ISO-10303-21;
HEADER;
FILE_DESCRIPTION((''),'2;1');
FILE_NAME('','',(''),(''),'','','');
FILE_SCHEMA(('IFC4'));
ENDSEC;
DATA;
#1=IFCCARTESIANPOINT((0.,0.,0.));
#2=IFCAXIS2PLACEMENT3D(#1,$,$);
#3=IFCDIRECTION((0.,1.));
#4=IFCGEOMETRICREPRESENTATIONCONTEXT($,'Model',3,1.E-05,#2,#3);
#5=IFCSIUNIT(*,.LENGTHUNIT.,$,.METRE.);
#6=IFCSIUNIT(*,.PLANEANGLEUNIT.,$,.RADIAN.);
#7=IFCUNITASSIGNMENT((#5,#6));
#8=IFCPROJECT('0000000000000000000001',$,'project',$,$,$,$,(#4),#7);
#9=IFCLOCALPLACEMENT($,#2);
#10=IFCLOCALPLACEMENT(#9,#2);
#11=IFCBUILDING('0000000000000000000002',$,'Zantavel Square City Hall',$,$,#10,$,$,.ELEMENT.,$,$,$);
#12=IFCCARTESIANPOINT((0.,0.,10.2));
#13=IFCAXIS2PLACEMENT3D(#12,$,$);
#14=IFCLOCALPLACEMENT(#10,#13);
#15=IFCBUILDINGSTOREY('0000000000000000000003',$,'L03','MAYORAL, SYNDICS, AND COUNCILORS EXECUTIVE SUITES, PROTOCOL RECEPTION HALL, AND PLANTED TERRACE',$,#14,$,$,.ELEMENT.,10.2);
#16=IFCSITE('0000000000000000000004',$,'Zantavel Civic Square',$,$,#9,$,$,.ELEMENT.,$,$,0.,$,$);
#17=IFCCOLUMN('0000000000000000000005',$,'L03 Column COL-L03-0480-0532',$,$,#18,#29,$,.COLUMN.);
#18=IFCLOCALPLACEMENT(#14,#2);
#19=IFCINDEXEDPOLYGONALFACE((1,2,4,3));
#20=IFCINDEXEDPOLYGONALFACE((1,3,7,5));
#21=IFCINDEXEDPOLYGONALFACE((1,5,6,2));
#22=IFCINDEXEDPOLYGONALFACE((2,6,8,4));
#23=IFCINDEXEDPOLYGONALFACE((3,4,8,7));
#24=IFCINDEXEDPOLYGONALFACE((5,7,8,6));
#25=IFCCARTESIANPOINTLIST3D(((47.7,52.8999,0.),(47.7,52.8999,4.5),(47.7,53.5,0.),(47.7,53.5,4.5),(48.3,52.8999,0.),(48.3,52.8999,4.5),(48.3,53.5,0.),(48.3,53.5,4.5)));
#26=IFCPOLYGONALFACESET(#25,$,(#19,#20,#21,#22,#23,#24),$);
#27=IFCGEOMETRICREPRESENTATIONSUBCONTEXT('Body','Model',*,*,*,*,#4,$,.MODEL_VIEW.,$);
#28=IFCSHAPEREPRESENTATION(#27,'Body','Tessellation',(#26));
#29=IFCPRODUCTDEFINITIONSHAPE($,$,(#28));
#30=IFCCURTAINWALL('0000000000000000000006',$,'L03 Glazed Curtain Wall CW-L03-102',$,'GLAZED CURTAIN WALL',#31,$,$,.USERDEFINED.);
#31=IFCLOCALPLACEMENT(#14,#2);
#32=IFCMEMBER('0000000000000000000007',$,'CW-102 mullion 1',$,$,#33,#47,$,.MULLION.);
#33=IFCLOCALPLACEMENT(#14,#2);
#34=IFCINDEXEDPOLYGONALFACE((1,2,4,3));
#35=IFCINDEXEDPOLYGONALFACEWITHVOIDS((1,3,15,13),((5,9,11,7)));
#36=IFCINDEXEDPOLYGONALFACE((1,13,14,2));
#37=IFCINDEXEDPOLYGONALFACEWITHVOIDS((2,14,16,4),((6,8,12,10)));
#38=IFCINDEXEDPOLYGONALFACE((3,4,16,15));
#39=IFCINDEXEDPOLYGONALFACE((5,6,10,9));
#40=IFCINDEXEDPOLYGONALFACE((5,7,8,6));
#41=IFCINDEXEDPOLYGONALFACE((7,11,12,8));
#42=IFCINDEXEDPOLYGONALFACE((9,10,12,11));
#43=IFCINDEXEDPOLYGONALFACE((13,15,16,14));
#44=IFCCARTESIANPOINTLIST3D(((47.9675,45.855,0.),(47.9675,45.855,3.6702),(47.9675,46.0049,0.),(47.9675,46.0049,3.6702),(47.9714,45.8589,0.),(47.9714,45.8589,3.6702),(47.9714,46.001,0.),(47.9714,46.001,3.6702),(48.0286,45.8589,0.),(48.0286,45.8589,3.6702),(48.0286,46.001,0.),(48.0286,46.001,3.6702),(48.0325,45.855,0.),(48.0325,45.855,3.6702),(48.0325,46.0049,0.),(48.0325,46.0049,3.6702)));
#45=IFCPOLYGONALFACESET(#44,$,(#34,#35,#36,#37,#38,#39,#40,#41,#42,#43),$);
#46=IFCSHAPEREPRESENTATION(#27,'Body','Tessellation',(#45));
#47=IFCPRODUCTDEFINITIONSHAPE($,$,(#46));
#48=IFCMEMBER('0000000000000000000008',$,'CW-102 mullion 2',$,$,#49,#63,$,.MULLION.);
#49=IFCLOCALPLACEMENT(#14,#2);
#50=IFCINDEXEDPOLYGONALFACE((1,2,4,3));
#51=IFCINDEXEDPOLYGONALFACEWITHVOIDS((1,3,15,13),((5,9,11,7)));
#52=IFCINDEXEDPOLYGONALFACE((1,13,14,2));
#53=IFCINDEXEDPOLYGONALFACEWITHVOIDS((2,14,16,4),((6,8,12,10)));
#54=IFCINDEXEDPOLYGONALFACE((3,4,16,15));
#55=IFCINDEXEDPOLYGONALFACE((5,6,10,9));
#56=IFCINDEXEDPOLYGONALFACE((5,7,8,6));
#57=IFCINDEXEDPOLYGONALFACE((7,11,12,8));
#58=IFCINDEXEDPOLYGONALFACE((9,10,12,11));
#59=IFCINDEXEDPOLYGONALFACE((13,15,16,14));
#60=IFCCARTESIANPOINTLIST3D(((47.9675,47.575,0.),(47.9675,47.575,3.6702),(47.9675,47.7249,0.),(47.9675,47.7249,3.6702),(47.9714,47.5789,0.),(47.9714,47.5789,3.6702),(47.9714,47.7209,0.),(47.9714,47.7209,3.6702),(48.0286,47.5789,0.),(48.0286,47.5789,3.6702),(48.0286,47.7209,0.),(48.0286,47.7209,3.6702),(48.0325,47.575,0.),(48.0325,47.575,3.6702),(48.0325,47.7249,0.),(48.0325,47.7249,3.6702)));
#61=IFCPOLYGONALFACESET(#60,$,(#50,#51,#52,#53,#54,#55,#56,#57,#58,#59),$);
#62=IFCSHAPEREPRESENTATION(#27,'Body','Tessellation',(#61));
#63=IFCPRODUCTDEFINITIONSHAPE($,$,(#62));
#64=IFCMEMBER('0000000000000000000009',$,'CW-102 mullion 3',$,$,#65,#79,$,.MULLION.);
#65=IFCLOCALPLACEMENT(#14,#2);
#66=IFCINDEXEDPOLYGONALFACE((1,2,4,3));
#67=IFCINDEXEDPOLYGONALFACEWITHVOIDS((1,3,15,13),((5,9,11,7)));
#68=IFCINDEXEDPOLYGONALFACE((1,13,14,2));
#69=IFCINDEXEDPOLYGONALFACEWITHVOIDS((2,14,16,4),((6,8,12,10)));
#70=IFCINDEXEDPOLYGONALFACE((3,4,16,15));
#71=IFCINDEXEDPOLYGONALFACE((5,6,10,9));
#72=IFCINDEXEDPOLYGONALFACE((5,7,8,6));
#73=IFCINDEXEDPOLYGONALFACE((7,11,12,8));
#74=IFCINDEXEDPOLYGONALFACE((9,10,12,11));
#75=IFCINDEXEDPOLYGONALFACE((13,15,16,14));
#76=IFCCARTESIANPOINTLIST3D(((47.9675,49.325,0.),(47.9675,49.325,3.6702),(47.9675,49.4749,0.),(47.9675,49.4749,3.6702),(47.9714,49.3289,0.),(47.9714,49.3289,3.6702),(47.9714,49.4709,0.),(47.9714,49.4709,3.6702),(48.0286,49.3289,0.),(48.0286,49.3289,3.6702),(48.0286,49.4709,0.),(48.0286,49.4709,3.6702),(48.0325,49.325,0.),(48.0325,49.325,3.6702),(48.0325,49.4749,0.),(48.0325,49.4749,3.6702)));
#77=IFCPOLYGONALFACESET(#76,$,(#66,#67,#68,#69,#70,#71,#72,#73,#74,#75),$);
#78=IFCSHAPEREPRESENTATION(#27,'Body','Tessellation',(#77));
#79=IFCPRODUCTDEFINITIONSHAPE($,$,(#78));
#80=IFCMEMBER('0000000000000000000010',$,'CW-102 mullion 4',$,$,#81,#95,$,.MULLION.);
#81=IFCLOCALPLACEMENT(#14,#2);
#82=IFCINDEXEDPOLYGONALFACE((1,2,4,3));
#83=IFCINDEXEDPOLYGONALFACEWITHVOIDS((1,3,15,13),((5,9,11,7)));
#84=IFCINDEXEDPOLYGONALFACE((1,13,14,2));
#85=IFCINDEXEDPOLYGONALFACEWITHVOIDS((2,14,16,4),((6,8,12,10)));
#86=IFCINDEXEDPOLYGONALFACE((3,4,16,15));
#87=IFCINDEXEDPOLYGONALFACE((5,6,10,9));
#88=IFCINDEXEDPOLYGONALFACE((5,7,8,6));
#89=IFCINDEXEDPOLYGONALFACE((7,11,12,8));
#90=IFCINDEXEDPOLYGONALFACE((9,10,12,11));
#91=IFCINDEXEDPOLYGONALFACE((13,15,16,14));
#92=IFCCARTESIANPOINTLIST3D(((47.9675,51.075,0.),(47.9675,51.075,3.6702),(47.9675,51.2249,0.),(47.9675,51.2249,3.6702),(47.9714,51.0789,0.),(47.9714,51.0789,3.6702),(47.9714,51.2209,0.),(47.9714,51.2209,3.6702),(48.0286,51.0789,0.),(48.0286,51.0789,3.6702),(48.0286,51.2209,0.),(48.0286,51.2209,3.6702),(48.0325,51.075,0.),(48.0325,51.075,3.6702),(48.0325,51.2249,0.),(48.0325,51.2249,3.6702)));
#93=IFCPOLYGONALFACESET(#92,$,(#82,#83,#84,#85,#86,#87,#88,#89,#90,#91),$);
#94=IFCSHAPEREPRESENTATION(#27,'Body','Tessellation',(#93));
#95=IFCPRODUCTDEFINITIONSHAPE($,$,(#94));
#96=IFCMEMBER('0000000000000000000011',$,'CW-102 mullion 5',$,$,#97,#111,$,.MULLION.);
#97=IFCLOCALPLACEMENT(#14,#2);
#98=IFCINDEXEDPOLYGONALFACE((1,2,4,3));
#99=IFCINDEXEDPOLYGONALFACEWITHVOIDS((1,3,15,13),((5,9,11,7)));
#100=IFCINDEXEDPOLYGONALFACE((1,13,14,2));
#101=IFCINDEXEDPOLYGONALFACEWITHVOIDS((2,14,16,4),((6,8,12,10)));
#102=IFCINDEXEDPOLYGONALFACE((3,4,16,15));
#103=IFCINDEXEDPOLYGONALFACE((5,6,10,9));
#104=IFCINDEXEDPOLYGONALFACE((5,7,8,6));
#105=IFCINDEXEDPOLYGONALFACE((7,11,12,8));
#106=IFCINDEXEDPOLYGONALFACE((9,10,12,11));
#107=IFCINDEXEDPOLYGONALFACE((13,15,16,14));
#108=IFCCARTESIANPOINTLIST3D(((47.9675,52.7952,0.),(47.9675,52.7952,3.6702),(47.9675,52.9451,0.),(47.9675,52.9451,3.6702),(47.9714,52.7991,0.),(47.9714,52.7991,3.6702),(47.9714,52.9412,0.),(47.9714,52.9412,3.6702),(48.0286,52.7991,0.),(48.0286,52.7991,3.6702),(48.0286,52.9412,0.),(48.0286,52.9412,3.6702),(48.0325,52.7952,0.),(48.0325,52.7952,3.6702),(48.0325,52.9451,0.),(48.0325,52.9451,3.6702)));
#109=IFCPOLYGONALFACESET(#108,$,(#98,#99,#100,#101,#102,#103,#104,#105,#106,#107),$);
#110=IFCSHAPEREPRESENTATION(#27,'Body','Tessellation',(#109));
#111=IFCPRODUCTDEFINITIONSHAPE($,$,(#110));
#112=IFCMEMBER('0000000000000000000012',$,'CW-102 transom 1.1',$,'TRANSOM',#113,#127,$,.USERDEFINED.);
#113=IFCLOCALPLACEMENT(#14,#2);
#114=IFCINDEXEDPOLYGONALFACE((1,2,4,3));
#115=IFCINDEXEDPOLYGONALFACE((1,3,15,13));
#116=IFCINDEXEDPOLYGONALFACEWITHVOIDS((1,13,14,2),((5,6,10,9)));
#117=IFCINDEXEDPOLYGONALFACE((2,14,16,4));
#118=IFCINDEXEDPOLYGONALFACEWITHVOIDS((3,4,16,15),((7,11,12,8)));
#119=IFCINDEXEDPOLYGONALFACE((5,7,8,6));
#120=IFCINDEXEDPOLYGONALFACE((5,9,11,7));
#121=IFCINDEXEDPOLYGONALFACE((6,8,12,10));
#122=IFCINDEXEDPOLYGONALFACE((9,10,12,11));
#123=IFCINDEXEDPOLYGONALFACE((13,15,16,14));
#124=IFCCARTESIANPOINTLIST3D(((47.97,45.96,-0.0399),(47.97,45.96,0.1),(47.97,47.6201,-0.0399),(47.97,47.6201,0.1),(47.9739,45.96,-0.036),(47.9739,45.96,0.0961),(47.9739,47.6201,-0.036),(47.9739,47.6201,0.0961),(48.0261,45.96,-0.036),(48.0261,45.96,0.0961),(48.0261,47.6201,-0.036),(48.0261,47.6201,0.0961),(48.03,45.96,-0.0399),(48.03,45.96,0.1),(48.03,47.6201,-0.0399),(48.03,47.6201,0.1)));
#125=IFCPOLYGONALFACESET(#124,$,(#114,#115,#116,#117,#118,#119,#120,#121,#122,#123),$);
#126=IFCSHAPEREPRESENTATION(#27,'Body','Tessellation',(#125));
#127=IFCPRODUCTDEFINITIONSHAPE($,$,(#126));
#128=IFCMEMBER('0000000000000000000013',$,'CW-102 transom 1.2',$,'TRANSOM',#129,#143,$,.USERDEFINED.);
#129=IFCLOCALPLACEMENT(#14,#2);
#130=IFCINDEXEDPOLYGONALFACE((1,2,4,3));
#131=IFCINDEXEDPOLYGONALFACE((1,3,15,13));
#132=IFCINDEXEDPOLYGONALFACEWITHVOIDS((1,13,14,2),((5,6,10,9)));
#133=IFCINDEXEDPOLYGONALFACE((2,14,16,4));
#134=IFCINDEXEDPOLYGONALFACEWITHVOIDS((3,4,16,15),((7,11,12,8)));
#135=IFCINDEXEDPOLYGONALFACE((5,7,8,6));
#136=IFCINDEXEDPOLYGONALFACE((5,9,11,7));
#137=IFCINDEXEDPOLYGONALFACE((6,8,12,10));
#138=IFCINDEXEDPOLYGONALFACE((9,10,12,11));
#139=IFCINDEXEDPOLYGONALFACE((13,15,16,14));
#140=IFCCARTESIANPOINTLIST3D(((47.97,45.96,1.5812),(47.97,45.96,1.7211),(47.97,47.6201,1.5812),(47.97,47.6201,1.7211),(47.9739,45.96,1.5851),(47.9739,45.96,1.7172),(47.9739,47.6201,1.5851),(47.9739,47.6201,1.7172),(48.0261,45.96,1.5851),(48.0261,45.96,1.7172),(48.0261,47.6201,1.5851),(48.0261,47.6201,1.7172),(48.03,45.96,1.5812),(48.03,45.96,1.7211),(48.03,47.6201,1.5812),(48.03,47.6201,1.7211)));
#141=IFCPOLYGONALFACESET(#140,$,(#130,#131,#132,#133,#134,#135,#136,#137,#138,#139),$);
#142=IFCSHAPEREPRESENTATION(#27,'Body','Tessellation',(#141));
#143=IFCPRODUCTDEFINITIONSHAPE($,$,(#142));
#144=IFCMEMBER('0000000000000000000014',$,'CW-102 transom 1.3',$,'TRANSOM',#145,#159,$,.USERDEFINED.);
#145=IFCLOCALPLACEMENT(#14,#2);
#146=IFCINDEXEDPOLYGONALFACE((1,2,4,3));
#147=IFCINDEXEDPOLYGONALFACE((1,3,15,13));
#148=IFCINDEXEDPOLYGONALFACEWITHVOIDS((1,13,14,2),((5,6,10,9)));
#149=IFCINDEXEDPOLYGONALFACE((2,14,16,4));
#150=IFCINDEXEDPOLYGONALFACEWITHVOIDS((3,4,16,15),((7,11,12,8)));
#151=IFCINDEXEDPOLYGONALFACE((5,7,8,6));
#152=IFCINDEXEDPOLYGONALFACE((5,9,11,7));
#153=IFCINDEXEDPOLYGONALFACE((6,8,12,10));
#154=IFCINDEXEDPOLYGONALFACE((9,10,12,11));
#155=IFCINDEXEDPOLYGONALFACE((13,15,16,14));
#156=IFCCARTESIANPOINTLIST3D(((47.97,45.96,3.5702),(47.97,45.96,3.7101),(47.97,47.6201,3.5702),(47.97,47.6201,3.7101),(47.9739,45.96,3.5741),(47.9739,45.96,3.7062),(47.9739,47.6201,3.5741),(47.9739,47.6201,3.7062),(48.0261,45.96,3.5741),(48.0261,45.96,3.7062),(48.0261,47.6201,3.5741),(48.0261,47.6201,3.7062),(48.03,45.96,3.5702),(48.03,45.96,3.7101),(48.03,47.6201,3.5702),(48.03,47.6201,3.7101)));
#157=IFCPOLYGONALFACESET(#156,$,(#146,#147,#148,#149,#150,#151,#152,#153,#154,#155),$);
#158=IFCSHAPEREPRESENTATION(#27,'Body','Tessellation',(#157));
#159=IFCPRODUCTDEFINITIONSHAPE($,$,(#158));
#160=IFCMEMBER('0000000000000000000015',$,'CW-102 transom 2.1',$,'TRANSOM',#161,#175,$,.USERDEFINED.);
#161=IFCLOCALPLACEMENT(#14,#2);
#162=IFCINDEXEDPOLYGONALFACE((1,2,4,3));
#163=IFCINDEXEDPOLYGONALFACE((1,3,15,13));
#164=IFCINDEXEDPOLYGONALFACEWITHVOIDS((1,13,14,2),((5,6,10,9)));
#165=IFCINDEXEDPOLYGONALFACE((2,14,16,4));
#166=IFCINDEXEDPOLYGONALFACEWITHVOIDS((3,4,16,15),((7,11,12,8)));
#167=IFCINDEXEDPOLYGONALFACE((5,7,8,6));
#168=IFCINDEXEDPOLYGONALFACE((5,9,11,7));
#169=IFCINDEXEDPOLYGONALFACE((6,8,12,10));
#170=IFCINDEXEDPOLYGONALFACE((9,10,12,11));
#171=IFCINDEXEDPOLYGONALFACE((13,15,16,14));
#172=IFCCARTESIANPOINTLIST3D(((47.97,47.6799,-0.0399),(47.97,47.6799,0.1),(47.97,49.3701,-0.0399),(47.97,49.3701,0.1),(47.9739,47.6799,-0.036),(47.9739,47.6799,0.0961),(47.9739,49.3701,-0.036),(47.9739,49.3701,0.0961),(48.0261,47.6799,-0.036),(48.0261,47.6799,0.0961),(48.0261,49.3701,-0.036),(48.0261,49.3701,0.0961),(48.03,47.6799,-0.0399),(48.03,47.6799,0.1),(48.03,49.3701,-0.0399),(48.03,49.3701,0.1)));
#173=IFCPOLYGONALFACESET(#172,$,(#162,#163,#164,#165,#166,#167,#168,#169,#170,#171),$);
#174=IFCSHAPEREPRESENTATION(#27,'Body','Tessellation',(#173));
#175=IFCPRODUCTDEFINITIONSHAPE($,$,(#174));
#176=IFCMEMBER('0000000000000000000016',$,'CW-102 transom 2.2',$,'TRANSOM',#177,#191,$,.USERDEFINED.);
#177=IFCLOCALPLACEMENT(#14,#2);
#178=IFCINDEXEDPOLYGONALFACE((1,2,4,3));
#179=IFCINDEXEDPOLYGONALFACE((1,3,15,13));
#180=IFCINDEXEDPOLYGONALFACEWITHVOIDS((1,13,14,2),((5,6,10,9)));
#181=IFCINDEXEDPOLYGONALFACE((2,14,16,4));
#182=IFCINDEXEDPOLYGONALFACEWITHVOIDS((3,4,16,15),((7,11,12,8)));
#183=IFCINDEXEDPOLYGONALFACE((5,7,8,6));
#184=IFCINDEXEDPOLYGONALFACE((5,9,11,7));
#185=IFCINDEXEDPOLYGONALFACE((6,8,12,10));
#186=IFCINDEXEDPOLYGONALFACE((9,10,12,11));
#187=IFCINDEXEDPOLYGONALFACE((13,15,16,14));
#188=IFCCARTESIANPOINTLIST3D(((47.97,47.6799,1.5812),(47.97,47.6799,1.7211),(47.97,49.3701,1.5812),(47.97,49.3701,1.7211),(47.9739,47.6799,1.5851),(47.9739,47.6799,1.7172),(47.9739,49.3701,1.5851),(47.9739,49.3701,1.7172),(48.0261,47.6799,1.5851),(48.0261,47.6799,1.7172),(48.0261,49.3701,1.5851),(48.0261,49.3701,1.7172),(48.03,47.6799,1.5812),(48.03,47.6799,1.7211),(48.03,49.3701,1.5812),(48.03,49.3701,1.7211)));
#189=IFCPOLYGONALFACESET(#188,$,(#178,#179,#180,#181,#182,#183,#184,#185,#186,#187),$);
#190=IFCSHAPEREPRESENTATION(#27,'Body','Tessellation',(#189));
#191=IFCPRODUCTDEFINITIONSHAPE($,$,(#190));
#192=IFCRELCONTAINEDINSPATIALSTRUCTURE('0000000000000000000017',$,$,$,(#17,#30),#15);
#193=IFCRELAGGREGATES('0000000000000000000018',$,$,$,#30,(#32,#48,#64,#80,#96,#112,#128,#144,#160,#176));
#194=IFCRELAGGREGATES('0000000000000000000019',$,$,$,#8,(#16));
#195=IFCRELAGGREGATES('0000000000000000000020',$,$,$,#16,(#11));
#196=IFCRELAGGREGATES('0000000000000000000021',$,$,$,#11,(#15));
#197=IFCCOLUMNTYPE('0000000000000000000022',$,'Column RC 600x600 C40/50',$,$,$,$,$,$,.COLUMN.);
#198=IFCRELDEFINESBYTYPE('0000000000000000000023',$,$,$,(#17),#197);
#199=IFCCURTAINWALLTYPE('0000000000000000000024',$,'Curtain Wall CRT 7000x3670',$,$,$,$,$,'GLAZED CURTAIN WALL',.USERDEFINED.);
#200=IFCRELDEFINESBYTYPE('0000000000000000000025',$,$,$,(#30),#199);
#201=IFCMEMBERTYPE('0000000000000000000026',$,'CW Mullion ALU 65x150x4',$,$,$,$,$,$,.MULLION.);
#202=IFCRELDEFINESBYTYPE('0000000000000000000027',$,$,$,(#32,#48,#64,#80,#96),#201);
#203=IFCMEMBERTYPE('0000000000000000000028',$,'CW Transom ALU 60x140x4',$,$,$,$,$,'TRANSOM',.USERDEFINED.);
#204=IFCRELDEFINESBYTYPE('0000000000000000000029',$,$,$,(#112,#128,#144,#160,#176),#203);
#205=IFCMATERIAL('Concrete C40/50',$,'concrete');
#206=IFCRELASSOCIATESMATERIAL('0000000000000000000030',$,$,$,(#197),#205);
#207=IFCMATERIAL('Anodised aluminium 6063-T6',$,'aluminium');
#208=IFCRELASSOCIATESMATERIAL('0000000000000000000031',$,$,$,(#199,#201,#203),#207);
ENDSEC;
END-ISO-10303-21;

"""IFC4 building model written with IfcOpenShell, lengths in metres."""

from ifc_helpers import new_model, si_unit, direction, frame, origin, origin_2d, place, context, subcontext, project, spatial, rectangle, hollow_rectangle, extrude, material, material_profile, profile_set, type_object, element, aggregate, save


model = new_model("IFC4")

# Units and contexts
model_context = context("Model", 3, precision=1e-05, world=origin(), true_north=direction((0.0, 1.0)))
body_context = subcontext(model_context, "Body", "Model", "MODEL_VIEW")
ifc_project = project(units=[si_unit("LENGTHUNIT", "METRE"), si_unit("PLANEANGLEUNIT", "RADIAN")], contexts=[model_context])

# Site, building, storey
site_placement = place(None, origin())
site = spatial("IfcSite", under=ifc_project, at=site_placement, Name="Zantavel Civic Square", CompositionType="ELEMENT", RefElevation=0.0)
building_placement = place(site_placement, origin())
building = spatial("IfcBuilding", under=site, at=building_placement, Name="Zantavel Square City Hall", CompositionType="ELEMENT")
storey_placement = place(building_placement, frame((0.0, 0.0, 10.2)))
storey = spatial("IfcBuildingStorey", under=building, at=storey_placement, Name="L03", Description="MAYORAL, SYNDICS, AND COUNCILORS EXECUTIVE SUITES, PROTOCOL RECEPTION HALL, AND PLANTED TERRACE", CompositionType="ELEMENT", Elevation=10.2)

# Column
ifc_material_1 = material(Name="Concrete C40/50", Category="concrete")
ifc_material_profile_1 = material_profile(ifc_material_1, rectangle(XDim=0.6001, YDim=0.6001, at=origin_2d()), Name="RC 600x600")
ifc_profile_set_1 = profile_set([ifc_material_profile_1], Name="Concrete C40/50")
column_type = type_object("IfcColumnType", Name="Column RC 600x600 C40/50", PredefinedType="COLUMN", material=ifc_profile_set_1)
column_placement = place(storey_placement, frame((48.0, 53.2, 0.0), z_axis=(0.0, 0.0, 1.0), x_axis=(1.0, 0.0, 0.0)))
element("IfcColumn", 1, at=column_placement, inside=storey, type_object=column_type, Name="L03 Column COL-L03-0480-0532", PredefinedType="COLUMN", context=body_context, shape_type="SweptSolid", body=[
    extrude(rectangle(XDim=0.6001, YDim=0.6001, at=origin_2d()), origin(), (0.0, 0.0, 1.0), 4.5),
])

# Curtain wall, members
ifc_material_2 = material(Name="Anodised aluminium 6063-T6", Category="aluminium")
curtain_wall_type = type_object("IfcCurtainWallType", Name="Curtain Wall CRT 7000x3670", ElementType="GLAZED CURTAIN WALL", PredefinedType="USERDEFINED", material=ifc_material_2)
curtain_wall_placement = place(storey_placement, origin())
curtain_wall = element("IfcCurtainWall", 2, at=curtain_wall_placement, inside=storey, type_object=curtain_wall_type, Name="L03 Glazed Curtain Wall CW-L03-102", ObjectType="GLAZED CURTAIN WALL", PredefinedType="USERDEFINED")
ifc_material_profile_2 = material_profile(ifc_material_2, hollow_rectangle(XDim=0.0649, YDim=0.1499, WallThickness=0.0039, at=origin_2d()), Name="ALU 65x150x4")
ifc_profile_set_2 = profile_set([ifc_material_profile_2], Name="Anodised aluminium 6063-T6")
member_type_1 = type_object("IfcMemberType", Name="CW Mullion ALU 65x150x4", PredefinedType="MULLION", material=ifc_profile_set_2)
member_1_placement = place(storey_placement, frame((48.0, 45.9299, 0.0), z_axis=(0.0, 0.0, 1.0), x_axis=(-1.0, 0.0, 0.0)))
member_1 = element("IfcMember", 3, at=member_1_placement, type_object=member_type_1, Name="CW-102 mullion 1", PredefinedType="MULLION", context=body_context, shape_type="SweptSolid", body=[
    extrude(hollow_rectangle(XDim=0.0649, YDim=0.1499, WallThickness=0.0039, at=origin_2d()), origin(), (0.0, 0.0, 1.0), 3.6702),
])
member_2_placement = place(storey_placement, frame((48.0, 47.6499, 0.0), z_axis=(0.0, 0.0, 1.0), x_axis=(-1.0, 0.0, 0.0)))
member_2 = element("IfcMember", 4, at=member_2_placement, type_object=member_type_1, Name="CW-102 mullion 2", PredefinedType="MULLION", context=body_context, shape_type="SweptSolid", body=[
    extrude(hollow_rectangle(XDim=0.0649, YDim=0.1499, WallThickness=0.0039, at=origin_2d()), origin(), (0.0, 0.0, 1.0), 3.6702),
])
member_3_placement = place(storey_placement, frame((48.0, 49.3999, 0.0), z_axis=(0.0, 0.0, 1.0), x_axis=(-1.0, 0.0, 0.0)))
member_3 = element("IfcMember", 5, at=member_3_placement, type_object=member_type_1, Name="CW-102 mullion 3", PredefinedType="MULLION", context=body_context, shape_type="SweptSolid", body=[
    extrude(hollow_rectangle(XDim=0.0649, YDim=0.1499, WallThickness=0.0039, at=origin_2d()), origin(), (0.0, 0.0, 1.0), 3.6702),
])
member_4_placement = place(storey_placement, frame((48.0, 51.1499, 0.0), z_axis=(0.0, 0.0, 1.0), x_axis=(-1.0, 0.0, 0.0)))
member_4 = element("IfcMember", 6, at=member_4_placement, type_object=member_type_1, Name="CW-102 mullion 4", PredefinedType="MULLION", context=body_context, shape_type="SweptSolid", body=[
    extrude(hollow_rectangle(XDim=0.0649, YDim=0.1499, WallThickness=0.0039, at=origin_2d()), origin(), (0.0, 0.0, 1.0), 3.6702),
])
member_5_placement = place(storey_placement, frame((48.0, 52.8701, 0.0), z_axis=(0.0, 0.0, 1.0), x_axis=(-1.0, 0.0, 0.0)))
member_5 = element("IfcMember", 7, at=member_5_placement, type_object=member_type_1, Name="CW-102 mullion 5", PredefinedType="MULLION", context=body_context, shape_type="SweptSolid", body=[
    extrude(hollow_rectangle(XDim=0.0649, YDim=0.1499, WallThickness=0.0039, at=origin_2d()), origin(), (0.0, 0.0, 1.0), 3.6702),
])
ifc_material_profile_3 = material_profile(ifc_material_2, hollow_rectangle(XDim=0.0601, YDim=0.1399, WallThickness=0.0039, at=origin_2d()), Name="ALU 60x140x4")
ifc_profile_set_3 = profile_set([ifc_material_profile_3], Name="Anodised aluminium 6063-T6")
member_type_2 = type_object("IfcMemberType", Name="CW Transom ALU 60x140x4", ElementType="TRANSOM", PredefinedType="USERDEFINED", material=ifc_profile_set_3)
member_6_placement = place(storey_placement, frame((48.0, 45.96, 0.03), z_axis=(0.0, 1.0, 0.0), x_axis=(-1.0, 0.0, 0.0)))
member_6 = element("IfcMember", 8, at=member_6_placement, type_object=member_type_2, Name="CW-102 transom 1.1", ObjectType="TRANSOM", PredefinedType="USERDEFINED", context=body_context, shape_type="SweptSolid", body=[
    extrude(hollow_rectangle(XDim=0.0601, YDim=0.1399, WallThickness=0.0039, at=origin_2d()), origin(), (0.0, 0.0, 1.0), 1.6602),
])
member_7_placement = place(storey_placement, frame((48.0, 45.96, 1.6511), z_axis=(0.0, 1.0, 0.0), x_axis=(-1.0, 0.0, 0.0)))
member_7 = element("IfcMember", 9, at=member_7_placement, type_object=member_type_2, Name="CW-102 transom 1.2", ObjectType="TRANSOM", PredefinedType="USERDEFINED", context=body_context, shape_type="SweptSolid", body=[
    extrude(hollow_rectangle(XDim=0.0601, YDim=0.1399, WallThickness=0.0039, at=origin_2d()), origin(), (0.0, 0.0, 1.0), 1.6602),
])
member_8_placement = place(storey_placement, frame((48.0, 45.96, 3.6401), z_axis=(0.0, 1.0, 0.0), x_axis=(-1.0, 0.0, 0.0)))
member_8 = element("IfcMember", 10, at=member_8_placement, type_object=member_type_2, Name="CW-102 transom 1.3", ObjectType="TRANSOM", PredefinedType="USERDEFINED", context=body_context, shape_type="SweptSolid", body=[
    extrude(hollow_rectangle(XDim=0.0601, YDim=0.1399, WallThickness=0.0039, at=origin_2d()), origin(), (0.0, 0.0, 1.0), 1.6602),
])
member_9_placement = place(storey_placement, frame((48.0, 47.6799, 0.03), z_axis=(0.0, 1.0, 0.0), x_axis=(-1.0, 0.0, 0.0)))
member_9 = element("IfcMember", 11, at=member_9_placement, type_object=member_type_2, Name="CW-102 transom 2.1", ObjectType="TRANSOM", PredefinedType="USERDEFINED", context=body_context, shape_type="SweptSolid", body=[
    extrude(hollow_rectangle(XDim=0.0601, YDim=0.1399, WallThickness=0.0039, at=origin_2d()), origin(), (0.0, 0.0, 1.0), 1.6902),
])
member_10_placement = place(storey_placement, frame((48.0, 47.6799, 1.6511), z_axis=(0.0, 1.0, 0.0), x_axis=(-1.0, 0.0, 0.0)))
member_10 = element("IfcMember", 12, at=member_10_placement, type_object=member_type_2, Name="CW-102 transom 2.2", ObjectType="TRANSOM", PredefinedType="USERDEFINED", context=body_context, shape_type="SweptSolid", body=[
    extrude(hollow_rectangle(XDim=0.0601, YDim=0.1399, WallThickness=0.0039, at=origin_2d()), origin(), (0.0, 0.0, 1.0), 1.6902),
])

aggregate(curtain_wall, [member_1, member_2, member_3, member_4, member_5, member_6, member_7, member_8, member_9, member_10])

save(model, "model.ifc")
